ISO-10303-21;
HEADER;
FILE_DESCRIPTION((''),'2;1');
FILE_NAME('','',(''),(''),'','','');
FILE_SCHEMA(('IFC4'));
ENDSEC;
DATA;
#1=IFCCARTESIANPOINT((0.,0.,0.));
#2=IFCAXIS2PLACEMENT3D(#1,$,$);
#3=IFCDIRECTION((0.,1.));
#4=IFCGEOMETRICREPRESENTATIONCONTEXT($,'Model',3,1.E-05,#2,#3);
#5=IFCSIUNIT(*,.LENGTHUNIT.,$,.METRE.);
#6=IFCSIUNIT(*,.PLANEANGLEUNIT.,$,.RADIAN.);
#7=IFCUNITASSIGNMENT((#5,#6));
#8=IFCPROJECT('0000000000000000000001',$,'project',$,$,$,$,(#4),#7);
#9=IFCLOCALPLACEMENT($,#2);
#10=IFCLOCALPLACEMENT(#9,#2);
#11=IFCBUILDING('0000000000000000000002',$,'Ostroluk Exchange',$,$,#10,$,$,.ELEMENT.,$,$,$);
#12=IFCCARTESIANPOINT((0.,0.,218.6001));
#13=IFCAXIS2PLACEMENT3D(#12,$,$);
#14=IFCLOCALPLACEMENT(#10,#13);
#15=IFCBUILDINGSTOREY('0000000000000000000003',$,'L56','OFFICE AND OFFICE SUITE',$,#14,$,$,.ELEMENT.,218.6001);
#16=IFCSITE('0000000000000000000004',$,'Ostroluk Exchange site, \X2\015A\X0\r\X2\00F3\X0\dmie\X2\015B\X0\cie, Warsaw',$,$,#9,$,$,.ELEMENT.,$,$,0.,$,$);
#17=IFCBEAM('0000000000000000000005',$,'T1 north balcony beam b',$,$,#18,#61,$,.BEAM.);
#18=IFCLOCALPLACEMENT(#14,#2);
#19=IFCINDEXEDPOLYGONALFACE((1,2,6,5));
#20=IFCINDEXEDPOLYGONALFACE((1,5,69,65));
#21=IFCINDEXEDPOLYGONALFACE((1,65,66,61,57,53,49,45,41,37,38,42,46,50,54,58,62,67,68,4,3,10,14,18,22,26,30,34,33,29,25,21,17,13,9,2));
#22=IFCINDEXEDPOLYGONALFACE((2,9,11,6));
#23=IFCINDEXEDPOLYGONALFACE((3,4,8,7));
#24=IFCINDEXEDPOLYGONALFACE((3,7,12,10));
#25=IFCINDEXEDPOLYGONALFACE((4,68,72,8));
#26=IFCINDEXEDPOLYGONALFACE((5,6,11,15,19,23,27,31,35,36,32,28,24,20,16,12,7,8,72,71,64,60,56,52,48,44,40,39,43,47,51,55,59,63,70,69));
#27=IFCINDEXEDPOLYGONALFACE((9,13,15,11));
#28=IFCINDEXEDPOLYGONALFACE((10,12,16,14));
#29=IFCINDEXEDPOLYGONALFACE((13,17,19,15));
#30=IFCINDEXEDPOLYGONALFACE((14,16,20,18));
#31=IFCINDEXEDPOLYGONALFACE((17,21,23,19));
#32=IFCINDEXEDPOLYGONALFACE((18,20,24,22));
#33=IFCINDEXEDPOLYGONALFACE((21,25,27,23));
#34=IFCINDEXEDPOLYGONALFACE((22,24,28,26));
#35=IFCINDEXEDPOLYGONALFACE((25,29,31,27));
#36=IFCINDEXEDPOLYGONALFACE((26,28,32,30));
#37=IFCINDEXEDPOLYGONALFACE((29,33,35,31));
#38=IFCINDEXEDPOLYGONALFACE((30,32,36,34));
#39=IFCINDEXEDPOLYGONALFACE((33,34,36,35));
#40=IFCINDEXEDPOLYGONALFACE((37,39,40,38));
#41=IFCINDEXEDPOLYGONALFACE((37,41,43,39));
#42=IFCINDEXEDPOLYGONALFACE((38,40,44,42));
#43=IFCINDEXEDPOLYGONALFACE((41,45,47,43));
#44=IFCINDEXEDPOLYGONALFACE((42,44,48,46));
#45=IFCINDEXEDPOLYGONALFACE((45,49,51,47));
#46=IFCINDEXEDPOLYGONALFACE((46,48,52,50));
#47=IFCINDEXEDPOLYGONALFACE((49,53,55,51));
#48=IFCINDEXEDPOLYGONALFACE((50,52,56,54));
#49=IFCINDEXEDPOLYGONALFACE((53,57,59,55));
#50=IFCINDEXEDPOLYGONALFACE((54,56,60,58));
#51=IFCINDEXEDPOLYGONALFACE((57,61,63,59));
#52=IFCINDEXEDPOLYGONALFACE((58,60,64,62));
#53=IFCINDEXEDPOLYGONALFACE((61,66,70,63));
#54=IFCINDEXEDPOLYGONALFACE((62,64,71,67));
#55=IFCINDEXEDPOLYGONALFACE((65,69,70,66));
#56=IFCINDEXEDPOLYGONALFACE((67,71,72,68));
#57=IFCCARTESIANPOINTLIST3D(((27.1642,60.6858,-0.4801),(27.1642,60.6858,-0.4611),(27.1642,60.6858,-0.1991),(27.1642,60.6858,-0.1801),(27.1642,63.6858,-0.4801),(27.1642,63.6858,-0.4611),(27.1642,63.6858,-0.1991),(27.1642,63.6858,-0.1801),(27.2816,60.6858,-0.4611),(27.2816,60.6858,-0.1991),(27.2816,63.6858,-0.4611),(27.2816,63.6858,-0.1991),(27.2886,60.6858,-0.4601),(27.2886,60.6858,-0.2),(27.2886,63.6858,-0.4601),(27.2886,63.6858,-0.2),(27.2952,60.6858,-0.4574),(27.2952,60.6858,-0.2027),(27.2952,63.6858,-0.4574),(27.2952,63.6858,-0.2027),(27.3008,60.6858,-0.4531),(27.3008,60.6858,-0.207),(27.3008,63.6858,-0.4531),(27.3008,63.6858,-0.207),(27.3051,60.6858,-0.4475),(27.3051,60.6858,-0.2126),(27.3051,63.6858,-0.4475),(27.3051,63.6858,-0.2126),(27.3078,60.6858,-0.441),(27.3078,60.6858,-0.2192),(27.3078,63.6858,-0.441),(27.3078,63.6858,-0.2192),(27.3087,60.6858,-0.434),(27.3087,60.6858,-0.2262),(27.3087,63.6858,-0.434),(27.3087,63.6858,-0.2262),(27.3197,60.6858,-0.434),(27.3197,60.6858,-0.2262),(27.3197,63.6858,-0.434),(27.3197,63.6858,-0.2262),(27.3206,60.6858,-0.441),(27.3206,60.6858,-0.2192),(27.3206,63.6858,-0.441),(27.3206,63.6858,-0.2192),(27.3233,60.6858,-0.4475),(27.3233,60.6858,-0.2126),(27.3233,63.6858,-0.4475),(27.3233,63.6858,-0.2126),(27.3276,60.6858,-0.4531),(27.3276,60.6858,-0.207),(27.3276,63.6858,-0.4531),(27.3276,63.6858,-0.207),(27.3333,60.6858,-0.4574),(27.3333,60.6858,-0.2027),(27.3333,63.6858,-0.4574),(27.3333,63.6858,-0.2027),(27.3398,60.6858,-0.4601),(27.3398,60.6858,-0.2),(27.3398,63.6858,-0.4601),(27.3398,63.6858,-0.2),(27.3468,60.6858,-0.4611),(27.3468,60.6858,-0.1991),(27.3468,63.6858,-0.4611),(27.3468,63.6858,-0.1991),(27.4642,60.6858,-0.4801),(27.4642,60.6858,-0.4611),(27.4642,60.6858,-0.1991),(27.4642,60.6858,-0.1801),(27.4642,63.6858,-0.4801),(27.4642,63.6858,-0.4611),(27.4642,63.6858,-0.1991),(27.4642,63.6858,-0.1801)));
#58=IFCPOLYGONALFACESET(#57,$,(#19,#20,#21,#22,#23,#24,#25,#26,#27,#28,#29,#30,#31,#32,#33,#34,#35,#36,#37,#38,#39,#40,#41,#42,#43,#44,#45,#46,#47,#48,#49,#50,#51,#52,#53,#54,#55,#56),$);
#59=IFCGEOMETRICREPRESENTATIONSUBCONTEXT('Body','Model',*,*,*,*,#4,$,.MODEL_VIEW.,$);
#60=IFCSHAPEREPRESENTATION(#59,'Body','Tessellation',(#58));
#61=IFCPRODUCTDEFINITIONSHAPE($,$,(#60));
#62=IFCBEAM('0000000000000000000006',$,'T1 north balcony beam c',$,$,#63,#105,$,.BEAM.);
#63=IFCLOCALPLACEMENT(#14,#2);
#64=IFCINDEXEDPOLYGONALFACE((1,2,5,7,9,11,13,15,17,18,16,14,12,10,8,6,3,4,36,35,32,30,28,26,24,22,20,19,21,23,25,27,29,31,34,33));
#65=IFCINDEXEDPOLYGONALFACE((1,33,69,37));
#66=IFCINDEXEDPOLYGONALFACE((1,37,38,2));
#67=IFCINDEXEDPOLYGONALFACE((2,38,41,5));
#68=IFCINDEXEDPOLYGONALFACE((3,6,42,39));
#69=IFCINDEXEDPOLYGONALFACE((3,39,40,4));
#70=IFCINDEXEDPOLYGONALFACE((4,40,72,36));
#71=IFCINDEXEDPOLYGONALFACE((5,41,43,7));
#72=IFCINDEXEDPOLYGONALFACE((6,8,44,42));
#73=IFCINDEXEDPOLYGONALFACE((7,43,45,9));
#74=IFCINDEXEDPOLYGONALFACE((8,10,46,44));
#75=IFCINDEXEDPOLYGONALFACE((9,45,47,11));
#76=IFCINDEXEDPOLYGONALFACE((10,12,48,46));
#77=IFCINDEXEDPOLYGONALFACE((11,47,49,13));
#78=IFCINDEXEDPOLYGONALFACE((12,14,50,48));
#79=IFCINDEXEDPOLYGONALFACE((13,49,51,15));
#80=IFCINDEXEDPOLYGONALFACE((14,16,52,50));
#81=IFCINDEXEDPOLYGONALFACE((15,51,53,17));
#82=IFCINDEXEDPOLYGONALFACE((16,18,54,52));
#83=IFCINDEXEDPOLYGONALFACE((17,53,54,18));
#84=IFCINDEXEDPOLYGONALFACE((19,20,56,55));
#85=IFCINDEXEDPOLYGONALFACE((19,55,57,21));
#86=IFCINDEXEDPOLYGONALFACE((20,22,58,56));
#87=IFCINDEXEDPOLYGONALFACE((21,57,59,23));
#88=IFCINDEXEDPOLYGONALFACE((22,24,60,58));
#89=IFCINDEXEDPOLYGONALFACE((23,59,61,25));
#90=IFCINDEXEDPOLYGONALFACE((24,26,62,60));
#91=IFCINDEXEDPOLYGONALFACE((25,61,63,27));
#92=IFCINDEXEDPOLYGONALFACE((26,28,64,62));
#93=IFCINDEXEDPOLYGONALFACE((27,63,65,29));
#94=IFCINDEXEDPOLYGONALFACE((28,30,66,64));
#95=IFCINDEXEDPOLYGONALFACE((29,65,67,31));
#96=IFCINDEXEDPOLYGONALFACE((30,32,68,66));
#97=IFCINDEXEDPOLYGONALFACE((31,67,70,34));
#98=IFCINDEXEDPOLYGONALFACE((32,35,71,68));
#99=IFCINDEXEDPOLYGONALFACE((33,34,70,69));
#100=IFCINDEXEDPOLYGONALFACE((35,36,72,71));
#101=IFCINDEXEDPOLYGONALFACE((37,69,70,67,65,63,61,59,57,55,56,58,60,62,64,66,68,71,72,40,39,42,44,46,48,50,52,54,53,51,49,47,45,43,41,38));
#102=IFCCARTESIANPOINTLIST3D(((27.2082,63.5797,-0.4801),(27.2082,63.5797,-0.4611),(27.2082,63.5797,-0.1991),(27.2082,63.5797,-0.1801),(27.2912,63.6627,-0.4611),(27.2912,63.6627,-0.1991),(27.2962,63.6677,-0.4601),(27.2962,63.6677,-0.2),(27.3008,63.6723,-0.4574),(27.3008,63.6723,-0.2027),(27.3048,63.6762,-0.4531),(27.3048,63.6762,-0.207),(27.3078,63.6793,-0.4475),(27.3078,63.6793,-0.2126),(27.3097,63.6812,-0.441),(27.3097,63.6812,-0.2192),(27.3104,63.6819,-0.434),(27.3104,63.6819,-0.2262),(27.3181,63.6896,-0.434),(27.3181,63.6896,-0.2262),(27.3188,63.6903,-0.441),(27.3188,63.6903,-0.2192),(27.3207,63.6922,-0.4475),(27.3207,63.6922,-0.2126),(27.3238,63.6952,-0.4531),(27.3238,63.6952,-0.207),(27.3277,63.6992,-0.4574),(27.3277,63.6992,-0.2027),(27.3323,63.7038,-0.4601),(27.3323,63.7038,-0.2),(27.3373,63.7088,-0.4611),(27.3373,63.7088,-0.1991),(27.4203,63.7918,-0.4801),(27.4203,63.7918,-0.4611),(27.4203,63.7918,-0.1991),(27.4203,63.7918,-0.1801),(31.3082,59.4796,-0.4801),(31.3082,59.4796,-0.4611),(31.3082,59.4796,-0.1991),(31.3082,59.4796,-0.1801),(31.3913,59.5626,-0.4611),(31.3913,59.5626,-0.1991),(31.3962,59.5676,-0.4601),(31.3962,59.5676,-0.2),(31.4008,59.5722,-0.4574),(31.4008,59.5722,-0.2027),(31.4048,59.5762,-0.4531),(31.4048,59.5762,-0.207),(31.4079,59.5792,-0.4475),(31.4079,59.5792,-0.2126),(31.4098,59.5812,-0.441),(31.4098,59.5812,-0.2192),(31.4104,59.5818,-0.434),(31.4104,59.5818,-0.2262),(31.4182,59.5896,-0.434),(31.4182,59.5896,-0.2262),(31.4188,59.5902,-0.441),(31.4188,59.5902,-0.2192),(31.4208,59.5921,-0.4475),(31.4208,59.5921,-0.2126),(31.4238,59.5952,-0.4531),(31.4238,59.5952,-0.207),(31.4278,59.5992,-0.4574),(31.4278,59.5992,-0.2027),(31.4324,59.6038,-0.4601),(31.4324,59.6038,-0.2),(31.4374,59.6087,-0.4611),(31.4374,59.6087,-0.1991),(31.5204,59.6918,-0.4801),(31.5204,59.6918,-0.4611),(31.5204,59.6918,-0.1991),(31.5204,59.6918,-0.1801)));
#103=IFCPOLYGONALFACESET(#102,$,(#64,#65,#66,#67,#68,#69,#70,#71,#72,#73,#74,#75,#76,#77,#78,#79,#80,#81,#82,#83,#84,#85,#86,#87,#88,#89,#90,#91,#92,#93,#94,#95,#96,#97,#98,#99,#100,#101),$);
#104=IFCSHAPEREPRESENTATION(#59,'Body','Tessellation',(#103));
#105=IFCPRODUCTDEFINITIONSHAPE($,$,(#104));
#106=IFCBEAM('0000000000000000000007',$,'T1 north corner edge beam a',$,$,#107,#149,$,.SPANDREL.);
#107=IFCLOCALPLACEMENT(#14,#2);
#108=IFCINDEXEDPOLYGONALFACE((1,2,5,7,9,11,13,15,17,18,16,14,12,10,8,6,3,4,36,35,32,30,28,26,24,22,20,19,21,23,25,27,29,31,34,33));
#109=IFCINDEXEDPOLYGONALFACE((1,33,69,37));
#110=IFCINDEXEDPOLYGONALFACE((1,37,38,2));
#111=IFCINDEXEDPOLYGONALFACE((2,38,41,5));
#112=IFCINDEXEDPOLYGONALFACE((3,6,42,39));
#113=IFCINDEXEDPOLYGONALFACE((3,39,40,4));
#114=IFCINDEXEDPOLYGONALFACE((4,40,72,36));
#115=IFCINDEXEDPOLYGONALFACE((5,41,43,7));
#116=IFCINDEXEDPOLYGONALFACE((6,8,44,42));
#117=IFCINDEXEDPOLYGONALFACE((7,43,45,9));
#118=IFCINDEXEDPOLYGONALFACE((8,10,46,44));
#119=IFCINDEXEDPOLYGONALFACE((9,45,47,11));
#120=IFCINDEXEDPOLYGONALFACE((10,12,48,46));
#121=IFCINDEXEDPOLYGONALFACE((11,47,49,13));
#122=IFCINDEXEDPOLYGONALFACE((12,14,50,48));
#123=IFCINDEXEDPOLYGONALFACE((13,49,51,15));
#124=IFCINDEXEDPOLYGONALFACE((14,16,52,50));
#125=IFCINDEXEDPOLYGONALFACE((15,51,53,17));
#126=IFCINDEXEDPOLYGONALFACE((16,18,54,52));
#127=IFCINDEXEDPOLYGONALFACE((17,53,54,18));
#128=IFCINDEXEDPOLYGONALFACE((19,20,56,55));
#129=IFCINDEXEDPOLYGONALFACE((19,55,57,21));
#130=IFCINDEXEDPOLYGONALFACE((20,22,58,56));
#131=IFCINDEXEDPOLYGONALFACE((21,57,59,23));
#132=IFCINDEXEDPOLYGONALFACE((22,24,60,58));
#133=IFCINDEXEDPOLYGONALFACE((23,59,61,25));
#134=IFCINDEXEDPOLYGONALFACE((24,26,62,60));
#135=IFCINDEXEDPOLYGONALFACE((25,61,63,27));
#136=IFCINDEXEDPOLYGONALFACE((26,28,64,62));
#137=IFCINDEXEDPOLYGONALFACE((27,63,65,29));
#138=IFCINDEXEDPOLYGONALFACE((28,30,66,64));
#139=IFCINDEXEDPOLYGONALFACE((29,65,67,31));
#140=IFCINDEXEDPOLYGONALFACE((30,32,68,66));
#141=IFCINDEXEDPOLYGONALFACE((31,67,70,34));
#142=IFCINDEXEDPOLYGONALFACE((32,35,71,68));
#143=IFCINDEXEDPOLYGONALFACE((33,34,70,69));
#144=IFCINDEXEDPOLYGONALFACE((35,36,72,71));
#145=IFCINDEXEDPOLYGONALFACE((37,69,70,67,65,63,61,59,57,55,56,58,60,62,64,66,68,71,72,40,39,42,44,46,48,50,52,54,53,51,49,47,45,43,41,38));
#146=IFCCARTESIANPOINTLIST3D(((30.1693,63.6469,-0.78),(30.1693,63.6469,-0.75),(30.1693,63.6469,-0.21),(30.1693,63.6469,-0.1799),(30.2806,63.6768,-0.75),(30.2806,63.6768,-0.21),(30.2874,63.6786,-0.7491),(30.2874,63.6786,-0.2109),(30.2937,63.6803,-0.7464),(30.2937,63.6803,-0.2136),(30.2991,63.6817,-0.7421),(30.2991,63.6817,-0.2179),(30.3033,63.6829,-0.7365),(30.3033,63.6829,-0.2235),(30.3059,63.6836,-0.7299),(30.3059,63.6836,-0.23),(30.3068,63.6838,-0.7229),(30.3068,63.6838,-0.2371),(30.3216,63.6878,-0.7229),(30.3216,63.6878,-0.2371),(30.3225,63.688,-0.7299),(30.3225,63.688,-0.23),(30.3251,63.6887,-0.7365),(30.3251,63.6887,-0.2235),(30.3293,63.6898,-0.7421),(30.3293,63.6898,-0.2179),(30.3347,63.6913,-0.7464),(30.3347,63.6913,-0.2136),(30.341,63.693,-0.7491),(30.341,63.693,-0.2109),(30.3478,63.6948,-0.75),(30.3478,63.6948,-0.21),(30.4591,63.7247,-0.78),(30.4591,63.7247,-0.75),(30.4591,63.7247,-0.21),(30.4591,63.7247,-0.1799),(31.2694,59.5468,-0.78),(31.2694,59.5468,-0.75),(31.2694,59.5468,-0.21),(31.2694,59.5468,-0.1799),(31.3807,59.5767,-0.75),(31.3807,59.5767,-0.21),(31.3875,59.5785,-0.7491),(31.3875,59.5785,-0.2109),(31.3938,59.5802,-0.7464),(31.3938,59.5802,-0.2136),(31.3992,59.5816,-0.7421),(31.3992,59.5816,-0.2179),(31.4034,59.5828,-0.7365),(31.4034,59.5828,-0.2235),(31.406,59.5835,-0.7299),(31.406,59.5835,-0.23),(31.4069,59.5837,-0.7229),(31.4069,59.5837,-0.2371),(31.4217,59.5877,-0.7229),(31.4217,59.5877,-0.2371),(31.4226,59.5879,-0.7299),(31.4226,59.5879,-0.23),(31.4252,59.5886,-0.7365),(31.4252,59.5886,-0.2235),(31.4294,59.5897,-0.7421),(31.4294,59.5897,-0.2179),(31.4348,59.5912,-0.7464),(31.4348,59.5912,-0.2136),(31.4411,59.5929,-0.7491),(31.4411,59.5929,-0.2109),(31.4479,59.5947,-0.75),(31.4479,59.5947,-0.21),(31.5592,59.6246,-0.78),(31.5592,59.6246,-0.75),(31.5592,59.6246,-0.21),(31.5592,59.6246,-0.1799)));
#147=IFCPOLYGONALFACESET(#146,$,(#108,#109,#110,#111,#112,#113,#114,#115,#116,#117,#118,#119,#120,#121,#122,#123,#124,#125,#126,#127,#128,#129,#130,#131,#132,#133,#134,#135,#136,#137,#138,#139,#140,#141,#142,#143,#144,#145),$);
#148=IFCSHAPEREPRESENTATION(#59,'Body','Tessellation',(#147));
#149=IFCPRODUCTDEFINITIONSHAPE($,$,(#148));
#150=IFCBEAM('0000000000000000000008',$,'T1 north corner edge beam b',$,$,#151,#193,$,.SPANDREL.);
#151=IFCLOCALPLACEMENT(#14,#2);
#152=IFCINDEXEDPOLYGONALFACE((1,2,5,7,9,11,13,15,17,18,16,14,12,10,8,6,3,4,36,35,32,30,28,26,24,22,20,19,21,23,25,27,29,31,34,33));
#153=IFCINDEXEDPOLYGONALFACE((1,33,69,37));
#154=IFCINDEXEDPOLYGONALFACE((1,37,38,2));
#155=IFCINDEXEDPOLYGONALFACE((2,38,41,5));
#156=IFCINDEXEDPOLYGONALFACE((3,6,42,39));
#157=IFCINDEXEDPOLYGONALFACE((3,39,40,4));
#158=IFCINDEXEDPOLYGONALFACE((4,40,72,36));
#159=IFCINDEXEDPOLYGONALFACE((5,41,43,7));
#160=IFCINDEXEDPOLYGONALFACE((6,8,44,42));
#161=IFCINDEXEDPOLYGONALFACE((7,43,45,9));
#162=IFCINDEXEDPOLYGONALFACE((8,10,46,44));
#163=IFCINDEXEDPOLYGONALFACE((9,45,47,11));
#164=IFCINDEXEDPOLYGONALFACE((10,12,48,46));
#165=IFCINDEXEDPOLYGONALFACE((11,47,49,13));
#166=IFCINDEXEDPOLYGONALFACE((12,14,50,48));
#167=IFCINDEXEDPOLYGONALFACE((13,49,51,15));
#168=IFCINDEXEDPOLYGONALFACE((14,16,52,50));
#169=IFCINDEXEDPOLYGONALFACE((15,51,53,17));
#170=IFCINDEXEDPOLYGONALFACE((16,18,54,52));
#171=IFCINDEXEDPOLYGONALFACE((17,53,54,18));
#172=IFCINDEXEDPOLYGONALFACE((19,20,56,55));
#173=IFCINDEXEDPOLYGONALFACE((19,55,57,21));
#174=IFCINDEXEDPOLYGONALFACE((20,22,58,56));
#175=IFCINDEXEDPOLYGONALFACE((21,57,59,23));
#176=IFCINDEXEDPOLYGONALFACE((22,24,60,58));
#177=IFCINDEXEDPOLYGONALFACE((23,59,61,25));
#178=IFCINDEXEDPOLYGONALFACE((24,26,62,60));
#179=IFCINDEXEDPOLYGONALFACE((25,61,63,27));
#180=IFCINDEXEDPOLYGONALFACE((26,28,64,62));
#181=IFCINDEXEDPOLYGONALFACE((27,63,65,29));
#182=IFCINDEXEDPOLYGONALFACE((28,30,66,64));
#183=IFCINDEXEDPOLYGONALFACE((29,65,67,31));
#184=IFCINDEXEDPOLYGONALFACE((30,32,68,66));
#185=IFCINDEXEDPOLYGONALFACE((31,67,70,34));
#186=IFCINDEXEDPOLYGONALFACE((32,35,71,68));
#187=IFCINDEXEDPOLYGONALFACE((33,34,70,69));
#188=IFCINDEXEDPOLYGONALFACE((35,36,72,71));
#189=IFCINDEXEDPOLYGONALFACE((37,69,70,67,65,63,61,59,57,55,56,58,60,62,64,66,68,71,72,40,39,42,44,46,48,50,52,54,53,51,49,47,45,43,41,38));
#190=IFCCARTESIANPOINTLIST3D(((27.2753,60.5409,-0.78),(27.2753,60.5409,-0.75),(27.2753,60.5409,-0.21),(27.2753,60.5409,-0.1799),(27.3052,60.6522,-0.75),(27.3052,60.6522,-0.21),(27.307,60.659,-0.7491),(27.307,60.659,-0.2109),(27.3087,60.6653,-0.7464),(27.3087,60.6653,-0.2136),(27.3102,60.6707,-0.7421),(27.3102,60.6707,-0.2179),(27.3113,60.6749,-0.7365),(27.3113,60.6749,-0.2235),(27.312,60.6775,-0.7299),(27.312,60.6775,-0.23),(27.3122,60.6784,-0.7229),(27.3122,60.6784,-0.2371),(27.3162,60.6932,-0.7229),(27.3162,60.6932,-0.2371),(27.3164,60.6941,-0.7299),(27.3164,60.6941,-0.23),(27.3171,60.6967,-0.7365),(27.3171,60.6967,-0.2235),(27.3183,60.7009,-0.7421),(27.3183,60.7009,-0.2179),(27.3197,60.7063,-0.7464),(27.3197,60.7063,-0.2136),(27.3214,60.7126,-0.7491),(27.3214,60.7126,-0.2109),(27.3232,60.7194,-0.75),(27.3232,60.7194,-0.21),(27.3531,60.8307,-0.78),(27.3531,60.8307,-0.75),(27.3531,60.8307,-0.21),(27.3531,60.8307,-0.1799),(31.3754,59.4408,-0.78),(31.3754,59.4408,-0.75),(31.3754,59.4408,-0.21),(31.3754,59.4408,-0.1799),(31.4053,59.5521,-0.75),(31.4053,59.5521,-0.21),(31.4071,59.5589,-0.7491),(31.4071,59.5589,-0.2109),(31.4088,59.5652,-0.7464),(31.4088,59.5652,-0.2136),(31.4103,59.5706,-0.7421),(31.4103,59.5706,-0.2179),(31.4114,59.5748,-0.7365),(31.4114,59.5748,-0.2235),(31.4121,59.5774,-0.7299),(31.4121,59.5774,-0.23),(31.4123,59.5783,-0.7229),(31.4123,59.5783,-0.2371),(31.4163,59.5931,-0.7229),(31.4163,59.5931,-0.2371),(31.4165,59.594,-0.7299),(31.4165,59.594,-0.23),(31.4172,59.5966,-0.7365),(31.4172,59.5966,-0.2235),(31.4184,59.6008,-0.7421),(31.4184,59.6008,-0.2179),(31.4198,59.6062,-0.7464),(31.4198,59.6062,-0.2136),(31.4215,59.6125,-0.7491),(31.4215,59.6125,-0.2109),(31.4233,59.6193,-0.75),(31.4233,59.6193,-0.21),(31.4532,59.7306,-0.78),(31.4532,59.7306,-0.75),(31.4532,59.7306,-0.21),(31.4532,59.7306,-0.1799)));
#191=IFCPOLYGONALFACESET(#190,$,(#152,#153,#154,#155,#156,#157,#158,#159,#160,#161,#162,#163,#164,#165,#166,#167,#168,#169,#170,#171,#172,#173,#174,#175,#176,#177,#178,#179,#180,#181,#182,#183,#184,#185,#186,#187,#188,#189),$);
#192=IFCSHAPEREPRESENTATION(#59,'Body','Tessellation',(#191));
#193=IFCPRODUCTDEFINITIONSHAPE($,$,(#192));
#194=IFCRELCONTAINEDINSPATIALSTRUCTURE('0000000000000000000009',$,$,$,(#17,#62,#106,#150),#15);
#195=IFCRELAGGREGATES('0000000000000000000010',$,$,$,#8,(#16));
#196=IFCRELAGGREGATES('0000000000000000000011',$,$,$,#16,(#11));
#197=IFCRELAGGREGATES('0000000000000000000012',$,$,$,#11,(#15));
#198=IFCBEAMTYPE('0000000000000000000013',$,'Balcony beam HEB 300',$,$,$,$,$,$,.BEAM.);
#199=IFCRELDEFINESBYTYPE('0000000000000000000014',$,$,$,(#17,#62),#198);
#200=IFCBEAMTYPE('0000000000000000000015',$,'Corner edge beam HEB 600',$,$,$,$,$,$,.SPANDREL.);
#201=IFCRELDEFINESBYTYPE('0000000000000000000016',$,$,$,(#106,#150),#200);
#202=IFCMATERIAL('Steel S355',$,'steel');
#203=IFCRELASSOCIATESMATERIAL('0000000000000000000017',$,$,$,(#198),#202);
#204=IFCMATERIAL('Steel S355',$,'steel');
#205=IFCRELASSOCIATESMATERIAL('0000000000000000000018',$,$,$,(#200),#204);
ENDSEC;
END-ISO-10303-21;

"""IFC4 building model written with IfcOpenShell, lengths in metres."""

from ifc_helpers import new_model, si_unit, direction, frame, origin, origin_2d, place, context, subcontext, project, spatial, i_section, extrude, material, material_profile, profile_set, type_object, element, save


model = new_model("IFC4")

# Units and contexts
model_context = context("Model", 3, precision=1e-05, world=origin(), true_north=direction((0.0, 1.0)))
body_context = subcontext(model_context, "Body", "Model", "MODEL_VIEW")
ifc_project = project(units=[si_unit("LENGTHUNIT", "METRE"), si_unit("PLANEANGLEUNIT", "RADIAN")], contexts=[model_context])

# Site, building, storey
site_placement = place(None, origin())
site = spatial("IfcSite", under=ifc_project, at=site_placement, Name="Ostroluk Exchange site, Śródmieście, Warsaw", CompositionType="ELEMENT", RefElevation=0.0)
building_placement = place(site_placement, origin())
building = spatial("IfcBuilding", under=site, at=building_placement, Name="Ostroluk Exchange", CompositionType="ELEMENT")
storey_placement = place(building_placement, frame((0.0, 0.0, 218.6001)))
storey = spatial("IfcBuildingStorey", under=building, at=storey_placement, Name="L56", Description="OFFICE AND OFFICE SUITE", CompositionType="ELEMENT", Elevation=218.6001)

# Beams
ifc_material_1 = material(Name="Steel S355", Category="steel")
ifc_material_profile_1 = material_profile(ifc_material_1, i_section(OverallWidth=0.3, OverallDepth=0.3, WebThickness=0.011, FlangeThickness=0.019, FilletRadius=0.0271, at=origin_2d()), Name="HEB 300")
ifc_profile_set_1 = profile_set([ifc_material_profile_1], Name="Steel S355")
beam_type_1 = type_object("IfcBeamType", Name="Balcony beam HEB 300", PredefinedType="BEAM", material=ifc_profile_set_1)
for number, where, z_axis, x_axis, name in (
    (1, (27.3142, 60.6858, -0.3301), (0.0, 1.0, 0.0), (-1.0, 0.0, 0.0), "T1 north balcony beam b"),
):
    element("IfcBeam", number, at=place(storey_placement, frame(where, z_axis=z_axis, x_axis=x_axis)), inside=storey, type_object=beam_type_1, Name=name, PredefinedType="BEAM", context=body_context, shape_type="SweptSolid", body=[
        extrude(i_section(OverallWidth=0.3, OverallDepth=0.3, WebThickness=0.011, FlangeThickness=0.019, FilletRadius=0.0271, at=origin_2d()), origin(), (0.0, 0.0, 1.0), 3.0),
    ])
beam_1_placement = place(storey_placement, frame((31.4143, 59.5857, -0.3301), z_axis=(-0.707107, 0.707107, 0.0), x_axis=(-0.707107, -0.707107, 0.0)))
element("IfcBeam", 2, at=beam_1_placement, inside=storey, type_object=beam_type_1, Name="T1 north balcony beam c", PredefinedType="BEAM", context=body_context, shape_type="SweptSolid", body=[
    extrude(i_section(OverallWidth=0.3, OverallDepth=0.3, WebThickness=0.011, FlangeThickness=0.019, FilletRadius=0.0271, at=origin_2d()), origin(), (0.0, 0.0, 1.0), 5.7983),
])
ifc_material_2 = material(Name="Steel S355", Category="steel")
ifc_material_profile_2 = material_profile(ifc_material_2, i_section(OverallWidth=0.3, OverallDepth=0.6001, WebThickness=0.0154, FlangeThickness=0.03, FilletRadius=0.0271, at=origin_2d()), Name="HEB 600")
ifc_profile_set_2 = profile_set([ifc_material_profile_2], Name="Steel S355")
beam_type_2 = type_object("IfcBeamType", Name="Corner edge beam HEB 600", PredefinedType="SPANDREL", material=ifc_profile_set_2)
for number, where, z_axis, x_axis, name in (
    (3, (31.4143, 59.5857, -0.48), (-0.259144, 0.965839, 0.0), (-0.965839, -0.259144, 0.0), "T1 north corner edge beam a"),
    (4, (31.4143, 59.5857, -0.48), (-0.965839, 0.259144, 0.0), (-0.259144, -0.965839, 0.0), "T1 north corner edge beam b"),
):
    element("IfcBeam", number, at=place(storey_placement, frame(where, z_axis=z_axis, x_axis=x_axis)), inside=storey, type_object=beam_type_2, Name=name, PredefinedType="SPANDREL", context=body_context, shape_type="SweptSolid", body=[
        extrude(i_section(OverallWidth=0.3, OverallDepth=0.6001, WebThickness=0.0154, FlangeThickness=0.03, FilletRadius=0.0271, at=origin_2d()), origin(), (0.0, 0.0, 1.0), 4.2451),
    ])

save(model, "model.ifc")
